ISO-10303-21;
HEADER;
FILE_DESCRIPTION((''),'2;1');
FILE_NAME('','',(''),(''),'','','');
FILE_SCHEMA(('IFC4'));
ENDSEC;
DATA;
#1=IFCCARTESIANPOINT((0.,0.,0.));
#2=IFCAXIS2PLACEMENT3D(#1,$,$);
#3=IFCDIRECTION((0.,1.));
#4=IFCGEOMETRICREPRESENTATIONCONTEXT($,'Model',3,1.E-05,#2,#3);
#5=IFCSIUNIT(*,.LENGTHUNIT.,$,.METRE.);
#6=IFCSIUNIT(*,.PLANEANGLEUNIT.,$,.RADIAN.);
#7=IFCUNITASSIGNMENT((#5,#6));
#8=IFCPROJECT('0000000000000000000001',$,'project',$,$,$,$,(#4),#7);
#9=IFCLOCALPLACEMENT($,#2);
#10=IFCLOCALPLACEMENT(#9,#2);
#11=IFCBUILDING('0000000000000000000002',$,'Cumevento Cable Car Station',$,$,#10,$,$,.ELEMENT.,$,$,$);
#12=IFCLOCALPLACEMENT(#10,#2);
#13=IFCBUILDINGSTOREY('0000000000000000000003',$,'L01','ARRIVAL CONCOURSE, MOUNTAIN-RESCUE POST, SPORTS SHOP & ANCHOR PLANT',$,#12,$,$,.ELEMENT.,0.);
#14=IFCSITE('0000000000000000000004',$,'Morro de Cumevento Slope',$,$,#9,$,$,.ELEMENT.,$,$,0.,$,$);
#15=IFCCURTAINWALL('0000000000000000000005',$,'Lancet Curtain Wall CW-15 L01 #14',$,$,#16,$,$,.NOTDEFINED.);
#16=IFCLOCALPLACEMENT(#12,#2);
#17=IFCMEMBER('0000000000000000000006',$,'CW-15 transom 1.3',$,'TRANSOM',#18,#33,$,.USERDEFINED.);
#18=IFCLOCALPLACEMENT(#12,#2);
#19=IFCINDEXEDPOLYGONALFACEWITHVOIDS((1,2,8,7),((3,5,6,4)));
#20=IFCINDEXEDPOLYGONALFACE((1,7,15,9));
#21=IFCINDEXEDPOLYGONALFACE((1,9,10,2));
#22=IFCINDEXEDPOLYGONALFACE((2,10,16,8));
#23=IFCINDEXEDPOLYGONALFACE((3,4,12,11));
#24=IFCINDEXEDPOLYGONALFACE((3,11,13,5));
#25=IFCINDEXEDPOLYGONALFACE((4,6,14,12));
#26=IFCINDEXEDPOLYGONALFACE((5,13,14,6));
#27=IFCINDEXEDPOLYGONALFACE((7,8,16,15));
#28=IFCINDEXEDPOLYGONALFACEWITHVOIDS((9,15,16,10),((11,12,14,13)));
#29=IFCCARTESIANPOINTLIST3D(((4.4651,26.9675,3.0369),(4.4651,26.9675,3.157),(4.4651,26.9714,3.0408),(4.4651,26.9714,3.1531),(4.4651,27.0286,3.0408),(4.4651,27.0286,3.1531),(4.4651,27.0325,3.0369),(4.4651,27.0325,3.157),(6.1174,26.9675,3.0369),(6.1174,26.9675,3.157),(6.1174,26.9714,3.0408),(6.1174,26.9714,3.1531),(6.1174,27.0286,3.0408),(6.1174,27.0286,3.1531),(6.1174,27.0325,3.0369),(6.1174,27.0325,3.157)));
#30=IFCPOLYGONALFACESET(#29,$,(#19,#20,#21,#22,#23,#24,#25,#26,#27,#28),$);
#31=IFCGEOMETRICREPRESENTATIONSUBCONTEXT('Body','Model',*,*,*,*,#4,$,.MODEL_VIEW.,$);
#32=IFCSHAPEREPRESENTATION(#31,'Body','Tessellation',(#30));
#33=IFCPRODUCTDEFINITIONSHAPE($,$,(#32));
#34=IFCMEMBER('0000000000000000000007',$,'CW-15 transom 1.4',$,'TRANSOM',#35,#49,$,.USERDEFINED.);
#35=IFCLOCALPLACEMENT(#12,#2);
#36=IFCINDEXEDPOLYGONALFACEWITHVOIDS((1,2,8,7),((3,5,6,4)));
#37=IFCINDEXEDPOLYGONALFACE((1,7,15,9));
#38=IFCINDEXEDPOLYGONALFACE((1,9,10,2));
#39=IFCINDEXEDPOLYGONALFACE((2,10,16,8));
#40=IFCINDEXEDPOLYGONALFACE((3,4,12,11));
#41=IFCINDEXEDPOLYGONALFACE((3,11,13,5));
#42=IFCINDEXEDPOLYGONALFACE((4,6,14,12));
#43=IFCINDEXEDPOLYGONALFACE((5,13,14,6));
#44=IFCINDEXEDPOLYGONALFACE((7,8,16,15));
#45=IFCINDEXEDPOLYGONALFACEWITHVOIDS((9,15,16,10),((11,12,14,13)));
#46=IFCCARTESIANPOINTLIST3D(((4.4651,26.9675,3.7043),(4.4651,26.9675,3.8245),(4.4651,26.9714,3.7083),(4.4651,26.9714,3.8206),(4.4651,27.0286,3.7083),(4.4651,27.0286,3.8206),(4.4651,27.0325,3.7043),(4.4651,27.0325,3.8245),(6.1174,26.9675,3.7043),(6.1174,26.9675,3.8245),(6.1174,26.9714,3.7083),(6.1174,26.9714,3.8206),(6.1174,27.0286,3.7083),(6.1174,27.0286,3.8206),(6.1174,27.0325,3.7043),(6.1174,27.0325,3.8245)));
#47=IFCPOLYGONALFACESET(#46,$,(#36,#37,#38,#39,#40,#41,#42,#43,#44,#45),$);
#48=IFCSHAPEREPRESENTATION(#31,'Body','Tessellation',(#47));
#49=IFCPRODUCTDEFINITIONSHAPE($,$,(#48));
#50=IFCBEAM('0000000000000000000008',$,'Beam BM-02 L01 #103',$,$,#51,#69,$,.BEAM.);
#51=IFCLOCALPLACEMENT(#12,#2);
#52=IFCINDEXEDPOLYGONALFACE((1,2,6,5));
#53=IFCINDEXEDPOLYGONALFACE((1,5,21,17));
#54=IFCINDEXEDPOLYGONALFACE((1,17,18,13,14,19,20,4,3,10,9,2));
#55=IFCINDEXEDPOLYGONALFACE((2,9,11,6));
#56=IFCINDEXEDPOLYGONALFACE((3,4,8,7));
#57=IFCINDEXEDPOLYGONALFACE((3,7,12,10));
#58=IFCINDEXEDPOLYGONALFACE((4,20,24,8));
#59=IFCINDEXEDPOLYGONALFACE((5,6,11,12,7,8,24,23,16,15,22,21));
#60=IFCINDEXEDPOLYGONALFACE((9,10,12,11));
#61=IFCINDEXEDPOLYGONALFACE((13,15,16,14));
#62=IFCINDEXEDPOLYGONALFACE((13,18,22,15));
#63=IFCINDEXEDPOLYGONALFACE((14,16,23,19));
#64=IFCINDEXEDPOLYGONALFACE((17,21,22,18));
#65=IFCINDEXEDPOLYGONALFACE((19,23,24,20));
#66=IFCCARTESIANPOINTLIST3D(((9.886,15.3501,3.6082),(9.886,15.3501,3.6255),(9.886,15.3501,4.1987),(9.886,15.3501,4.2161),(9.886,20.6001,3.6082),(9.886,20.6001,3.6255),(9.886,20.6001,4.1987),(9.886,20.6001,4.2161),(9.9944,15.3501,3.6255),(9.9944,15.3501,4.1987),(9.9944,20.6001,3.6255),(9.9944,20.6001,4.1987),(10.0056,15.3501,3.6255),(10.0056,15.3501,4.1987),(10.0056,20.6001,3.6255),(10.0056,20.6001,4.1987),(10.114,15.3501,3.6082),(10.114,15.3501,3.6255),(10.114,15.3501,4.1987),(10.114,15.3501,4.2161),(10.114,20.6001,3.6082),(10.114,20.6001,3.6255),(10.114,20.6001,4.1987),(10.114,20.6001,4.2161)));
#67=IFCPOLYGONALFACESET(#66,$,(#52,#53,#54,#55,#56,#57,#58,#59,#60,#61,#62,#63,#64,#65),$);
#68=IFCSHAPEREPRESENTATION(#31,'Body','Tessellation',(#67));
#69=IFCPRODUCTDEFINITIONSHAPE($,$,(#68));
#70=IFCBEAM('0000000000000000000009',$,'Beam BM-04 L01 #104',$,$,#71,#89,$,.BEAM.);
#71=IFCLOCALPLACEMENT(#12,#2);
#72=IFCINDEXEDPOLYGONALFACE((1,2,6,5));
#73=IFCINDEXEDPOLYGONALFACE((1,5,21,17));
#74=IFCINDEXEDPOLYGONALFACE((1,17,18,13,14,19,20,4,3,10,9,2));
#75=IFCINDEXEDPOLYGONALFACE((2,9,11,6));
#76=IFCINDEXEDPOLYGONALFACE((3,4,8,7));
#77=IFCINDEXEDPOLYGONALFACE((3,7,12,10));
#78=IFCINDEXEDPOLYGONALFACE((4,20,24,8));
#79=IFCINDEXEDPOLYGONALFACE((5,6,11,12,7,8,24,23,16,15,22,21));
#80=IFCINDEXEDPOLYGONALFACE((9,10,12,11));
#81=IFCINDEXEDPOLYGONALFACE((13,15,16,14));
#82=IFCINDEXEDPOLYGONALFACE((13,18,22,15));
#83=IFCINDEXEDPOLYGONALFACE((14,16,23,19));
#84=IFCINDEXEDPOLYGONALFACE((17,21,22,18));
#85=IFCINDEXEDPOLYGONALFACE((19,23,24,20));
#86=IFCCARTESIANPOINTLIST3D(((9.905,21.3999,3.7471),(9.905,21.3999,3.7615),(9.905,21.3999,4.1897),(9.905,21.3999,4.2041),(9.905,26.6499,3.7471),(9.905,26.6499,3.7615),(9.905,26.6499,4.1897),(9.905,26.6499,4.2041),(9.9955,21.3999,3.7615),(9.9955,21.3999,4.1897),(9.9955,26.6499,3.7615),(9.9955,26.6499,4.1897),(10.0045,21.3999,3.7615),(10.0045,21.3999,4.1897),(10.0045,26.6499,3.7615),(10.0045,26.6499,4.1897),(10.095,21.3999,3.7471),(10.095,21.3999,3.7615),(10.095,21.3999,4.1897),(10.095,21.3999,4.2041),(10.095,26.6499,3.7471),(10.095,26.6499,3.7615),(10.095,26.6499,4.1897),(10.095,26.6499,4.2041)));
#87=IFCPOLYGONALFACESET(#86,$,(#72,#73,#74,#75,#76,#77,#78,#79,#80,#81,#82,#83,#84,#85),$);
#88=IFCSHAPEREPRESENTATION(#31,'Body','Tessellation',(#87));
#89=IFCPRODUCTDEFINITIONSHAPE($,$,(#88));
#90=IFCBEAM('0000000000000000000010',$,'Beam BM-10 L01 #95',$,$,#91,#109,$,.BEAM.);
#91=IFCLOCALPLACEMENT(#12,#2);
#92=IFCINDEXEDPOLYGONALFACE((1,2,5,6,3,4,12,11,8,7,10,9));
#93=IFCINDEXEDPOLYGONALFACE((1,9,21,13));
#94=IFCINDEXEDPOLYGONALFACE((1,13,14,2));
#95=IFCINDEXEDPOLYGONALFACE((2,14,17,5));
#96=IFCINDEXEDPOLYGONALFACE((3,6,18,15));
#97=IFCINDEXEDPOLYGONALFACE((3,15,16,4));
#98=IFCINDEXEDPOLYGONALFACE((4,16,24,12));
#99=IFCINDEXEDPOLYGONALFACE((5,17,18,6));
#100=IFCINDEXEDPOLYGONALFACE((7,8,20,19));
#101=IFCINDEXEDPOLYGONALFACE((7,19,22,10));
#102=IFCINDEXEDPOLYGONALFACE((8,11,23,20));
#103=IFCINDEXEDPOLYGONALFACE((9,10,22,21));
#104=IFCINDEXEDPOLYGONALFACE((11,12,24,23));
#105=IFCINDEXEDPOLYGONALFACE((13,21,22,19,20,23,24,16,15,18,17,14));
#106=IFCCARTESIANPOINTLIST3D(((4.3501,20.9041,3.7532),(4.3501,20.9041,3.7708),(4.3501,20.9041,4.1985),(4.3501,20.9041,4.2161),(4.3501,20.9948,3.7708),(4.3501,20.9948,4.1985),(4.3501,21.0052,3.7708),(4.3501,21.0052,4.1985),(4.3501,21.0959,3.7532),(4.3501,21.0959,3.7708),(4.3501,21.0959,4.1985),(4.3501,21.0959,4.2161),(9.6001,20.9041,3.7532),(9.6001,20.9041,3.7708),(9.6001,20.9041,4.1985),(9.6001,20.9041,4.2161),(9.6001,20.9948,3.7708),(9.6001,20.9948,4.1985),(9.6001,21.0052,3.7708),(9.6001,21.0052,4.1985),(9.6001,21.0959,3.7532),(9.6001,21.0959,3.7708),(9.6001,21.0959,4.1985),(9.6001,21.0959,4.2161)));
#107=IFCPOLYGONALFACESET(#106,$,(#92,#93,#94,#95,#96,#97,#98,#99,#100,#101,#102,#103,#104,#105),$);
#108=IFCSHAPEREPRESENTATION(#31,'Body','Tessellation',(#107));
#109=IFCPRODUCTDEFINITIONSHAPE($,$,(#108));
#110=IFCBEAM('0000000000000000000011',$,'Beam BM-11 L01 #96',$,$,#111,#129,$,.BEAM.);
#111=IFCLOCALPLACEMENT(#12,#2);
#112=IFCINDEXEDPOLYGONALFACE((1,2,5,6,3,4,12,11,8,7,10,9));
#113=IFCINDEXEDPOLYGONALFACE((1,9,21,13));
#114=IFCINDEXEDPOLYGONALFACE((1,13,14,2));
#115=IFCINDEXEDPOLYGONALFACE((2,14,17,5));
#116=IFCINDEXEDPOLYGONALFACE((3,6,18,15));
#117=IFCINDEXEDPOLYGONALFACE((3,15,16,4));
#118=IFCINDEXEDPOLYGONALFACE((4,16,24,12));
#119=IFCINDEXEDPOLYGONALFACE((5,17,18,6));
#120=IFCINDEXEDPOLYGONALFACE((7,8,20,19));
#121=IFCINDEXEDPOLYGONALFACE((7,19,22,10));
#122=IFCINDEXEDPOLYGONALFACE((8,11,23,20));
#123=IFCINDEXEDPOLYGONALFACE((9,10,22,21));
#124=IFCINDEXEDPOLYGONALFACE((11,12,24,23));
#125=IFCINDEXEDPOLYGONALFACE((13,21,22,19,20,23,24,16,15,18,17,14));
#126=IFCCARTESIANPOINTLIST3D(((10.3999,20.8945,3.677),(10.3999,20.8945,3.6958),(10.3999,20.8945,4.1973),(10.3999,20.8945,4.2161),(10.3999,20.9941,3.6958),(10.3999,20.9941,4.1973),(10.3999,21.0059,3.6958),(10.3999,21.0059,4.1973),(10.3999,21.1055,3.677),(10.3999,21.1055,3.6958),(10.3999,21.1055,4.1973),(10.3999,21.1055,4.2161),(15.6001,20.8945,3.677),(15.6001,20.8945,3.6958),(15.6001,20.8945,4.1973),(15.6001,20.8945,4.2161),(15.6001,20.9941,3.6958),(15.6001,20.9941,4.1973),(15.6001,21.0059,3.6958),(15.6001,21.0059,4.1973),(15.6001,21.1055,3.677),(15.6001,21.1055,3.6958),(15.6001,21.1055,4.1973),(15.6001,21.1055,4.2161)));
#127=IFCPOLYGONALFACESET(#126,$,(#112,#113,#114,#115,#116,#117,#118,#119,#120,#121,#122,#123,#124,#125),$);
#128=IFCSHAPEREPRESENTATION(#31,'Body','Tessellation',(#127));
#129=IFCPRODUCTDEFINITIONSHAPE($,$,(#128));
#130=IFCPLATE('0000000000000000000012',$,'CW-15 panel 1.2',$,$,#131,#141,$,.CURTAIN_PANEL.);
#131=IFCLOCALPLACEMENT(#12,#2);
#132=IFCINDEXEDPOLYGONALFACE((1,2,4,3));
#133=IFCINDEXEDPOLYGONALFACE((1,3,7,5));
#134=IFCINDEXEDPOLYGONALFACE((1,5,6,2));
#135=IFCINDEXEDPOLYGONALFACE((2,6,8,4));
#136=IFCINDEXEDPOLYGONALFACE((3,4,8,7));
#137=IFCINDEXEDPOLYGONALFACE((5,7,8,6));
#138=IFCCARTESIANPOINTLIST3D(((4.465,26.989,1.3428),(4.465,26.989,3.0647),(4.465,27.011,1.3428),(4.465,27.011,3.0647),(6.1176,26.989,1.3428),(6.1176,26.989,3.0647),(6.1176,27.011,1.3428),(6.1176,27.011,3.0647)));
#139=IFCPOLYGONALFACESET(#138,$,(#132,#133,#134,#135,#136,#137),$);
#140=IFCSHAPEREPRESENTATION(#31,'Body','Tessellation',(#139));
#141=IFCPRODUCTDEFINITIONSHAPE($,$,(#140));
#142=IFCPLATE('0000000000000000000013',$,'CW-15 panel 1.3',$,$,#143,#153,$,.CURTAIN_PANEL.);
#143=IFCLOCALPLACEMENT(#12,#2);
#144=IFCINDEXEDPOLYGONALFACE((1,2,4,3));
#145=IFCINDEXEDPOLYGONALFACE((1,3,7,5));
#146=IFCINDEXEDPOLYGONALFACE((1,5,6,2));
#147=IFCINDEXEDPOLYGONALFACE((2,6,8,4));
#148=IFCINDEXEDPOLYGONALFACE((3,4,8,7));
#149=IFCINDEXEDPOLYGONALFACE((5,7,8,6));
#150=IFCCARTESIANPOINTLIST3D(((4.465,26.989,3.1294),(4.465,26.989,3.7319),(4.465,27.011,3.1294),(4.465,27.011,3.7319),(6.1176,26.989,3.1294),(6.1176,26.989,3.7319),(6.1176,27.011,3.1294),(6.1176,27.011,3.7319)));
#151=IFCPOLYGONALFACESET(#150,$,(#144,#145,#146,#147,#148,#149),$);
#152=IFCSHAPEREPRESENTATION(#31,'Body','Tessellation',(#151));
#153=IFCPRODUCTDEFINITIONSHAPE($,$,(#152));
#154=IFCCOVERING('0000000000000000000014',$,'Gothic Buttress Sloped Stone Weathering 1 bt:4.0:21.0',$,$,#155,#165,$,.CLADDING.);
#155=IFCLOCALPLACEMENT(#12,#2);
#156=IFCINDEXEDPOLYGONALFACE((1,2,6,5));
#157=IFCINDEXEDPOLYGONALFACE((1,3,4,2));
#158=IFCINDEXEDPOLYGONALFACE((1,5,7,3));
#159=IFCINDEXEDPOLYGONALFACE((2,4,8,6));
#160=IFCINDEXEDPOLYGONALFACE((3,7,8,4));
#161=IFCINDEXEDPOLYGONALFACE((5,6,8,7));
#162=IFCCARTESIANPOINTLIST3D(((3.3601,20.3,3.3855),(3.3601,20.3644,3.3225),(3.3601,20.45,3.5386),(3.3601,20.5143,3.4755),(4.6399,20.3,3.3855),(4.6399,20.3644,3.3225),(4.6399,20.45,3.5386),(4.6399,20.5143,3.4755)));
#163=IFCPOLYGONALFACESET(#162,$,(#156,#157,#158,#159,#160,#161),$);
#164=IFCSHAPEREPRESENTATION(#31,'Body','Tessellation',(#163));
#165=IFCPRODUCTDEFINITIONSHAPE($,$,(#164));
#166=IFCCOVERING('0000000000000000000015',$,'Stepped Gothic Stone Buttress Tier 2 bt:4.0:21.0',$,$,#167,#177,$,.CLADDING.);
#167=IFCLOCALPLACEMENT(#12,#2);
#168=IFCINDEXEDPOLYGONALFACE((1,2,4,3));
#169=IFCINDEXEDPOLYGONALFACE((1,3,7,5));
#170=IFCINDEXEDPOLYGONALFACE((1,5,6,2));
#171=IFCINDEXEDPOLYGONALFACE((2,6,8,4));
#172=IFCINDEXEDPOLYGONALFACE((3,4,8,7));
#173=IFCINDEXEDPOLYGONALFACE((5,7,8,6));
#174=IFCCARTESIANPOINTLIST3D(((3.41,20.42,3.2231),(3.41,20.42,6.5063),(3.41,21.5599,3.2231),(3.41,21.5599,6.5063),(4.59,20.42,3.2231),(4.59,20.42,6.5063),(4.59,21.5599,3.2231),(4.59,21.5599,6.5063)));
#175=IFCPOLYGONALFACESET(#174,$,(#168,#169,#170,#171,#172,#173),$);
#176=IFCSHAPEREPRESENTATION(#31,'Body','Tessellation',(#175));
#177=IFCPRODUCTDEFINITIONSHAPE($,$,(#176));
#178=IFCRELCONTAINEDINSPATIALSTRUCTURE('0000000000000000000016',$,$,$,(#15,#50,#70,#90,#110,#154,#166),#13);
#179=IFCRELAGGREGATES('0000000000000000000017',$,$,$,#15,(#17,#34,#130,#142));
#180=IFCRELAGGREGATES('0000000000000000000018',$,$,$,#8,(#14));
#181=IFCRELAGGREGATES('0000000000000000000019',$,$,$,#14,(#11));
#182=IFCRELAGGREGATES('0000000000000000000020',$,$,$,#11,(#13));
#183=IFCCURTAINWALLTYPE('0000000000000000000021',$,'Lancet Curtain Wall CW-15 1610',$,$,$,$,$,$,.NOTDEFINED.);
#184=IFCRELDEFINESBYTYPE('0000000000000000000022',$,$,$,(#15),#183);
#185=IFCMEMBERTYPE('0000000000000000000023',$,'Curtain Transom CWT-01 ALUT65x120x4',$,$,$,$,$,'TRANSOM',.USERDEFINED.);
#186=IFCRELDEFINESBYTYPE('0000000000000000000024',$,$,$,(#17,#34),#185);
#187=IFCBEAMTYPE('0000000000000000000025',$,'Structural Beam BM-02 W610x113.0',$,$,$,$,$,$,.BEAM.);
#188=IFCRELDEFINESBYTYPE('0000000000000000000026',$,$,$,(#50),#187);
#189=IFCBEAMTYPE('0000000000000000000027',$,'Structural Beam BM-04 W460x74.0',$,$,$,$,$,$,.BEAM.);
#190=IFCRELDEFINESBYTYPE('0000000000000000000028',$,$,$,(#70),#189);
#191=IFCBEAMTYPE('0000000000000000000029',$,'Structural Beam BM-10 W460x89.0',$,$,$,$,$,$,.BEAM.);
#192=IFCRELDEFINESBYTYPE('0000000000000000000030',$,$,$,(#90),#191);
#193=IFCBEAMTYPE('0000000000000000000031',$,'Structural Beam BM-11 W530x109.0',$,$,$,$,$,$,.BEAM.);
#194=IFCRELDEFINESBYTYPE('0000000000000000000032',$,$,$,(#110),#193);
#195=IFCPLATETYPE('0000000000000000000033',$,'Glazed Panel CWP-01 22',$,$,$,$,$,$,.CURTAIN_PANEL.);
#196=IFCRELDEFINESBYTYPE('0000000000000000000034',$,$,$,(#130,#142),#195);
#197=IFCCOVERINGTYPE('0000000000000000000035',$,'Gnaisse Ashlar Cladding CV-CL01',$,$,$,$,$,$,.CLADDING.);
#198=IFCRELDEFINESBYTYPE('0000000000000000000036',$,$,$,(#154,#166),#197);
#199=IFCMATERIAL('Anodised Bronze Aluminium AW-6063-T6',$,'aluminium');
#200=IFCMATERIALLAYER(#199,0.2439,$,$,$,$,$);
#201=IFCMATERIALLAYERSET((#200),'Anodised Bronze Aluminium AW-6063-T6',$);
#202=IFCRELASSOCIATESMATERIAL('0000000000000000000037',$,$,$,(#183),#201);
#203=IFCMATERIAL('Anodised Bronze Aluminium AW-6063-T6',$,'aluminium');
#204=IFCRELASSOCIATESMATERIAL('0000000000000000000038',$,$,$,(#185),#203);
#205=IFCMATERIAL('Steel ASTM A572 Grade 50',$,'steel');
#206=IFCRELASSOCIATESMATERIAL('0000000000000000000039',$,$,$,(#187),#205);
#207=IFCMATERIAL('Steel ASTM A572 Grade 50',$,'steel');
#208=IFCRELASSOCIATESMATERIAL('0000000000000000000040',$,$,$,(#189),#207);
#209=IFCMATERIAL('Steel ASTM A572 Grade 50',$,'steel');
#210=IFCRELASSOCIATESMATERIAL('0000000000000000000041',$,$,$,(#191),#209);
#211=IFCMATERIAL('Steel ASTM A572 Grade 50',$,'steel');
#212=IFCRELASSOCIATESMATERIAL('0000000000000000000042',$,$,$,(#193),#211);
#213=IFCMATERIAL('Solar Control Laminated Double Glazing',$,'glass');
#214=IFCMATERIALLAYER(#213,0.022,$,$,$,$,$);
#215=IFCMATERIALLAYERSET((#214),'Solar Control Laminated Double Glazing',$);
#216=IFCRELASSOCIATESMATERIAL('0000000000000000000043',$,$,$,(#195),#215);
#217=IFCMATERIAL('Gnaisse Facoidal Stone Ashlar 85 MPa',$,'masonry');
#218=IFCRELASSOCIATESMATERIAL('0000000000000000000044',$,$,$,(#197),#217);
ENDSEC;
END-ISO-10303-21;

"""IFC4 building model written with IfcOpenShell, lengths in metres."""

from ifc_helpers import new_model, si_unit, direction, frame, origin, origin_2d, place, context, subcontext, project, spatial, polyline, rectangle, hollow_rectangle, i_section, outline, extrude, material, layer, layer_set, material_profile, profile_set, type_object, element, aggregate, save


model = new_model("IFC4")

# Units and contexts
model_context = context("Model", 3, precision=1e-05, world=origin(), true_north=direction((0.0, 1.0)))
body_context = subcontext(model_context, "Body", "Model", "MODEL_VIEW")
ifc_project = project(units=[si_unit("LENGTHUNIT", "METRE"), si_unit("PLANEANGLEUNIT", "RADIAN")], contexts=[model_context])

# Site, building, storey
site_placement = place(None, origin())
site = spatial("IfcSite", under=ifc_project, at=site_placement, Name="Morro de Cumevento Slope", CompositionType="ELEMENT", RefElevation=0.0)
building_placement = place(site_placement, origin())
building = spatial("IfcBuilding", under=site, at=building_placement, Name="Cumevento Cable Car Station", CompositionType="ELEMENT")
storey_placement = place(building_placement, origin())
storey = spatial("IfcBuildingStorey", under=building, at=storey_placement, Name="L01", Description="ARRIVAL CONCOURSE, MOUNTAIN-RESCUE POST, SPORTS SHOP & ANCHOR PLANT", CompositionType="ELEMENT", Elevation=0.0)

# Curtain wall, members
ifc_material_1 = material(Name="Anodised Bronze Aluminium AW-6063-T6", Category="aluminium")
ifc_layer_1 = layer(ifc_material_1, 0.2439)
ifc_layer_set_1 = layer_set([ifc_layer_1], Name="Anodised Bronze Aluminium AW-6063-T6")
curtain_wall_type = type_object("IfcCurtainWallType", Name="Lancet Curtain Wall CW-15 1610", PredefinedType="NOTDEFINED", material=ifc_layer_set_1)
curtain_wall_placement = place(storey_placement, origin())
curtain_wall = element("IfcCurtainWall", 1, at=curtain_wall_placement, inside=storey, type_object=curtain_wall_type, Name="Lancet Curtain Wall CW-15 L01 #14", PredefinedType="NOTDEFINED")
ifc_material_2 = material(Name="Anodised Bronze Aluminium AW-6063-T6", Category="aluminium")
ifc_material_profile_1 = material_profile(ifc_material_2, hollow_rectangle(XDim=0.0649, YDim=0.1201, WallThickness=0.0039, at=origin_2d()), Name="ALUT65x120x4")
ifc_profile_set_1 = profile_set([ifc_material_profile_1], Name="Anodised Bronze Aluminium AW-6063-T6")
member_type = type_object("IfcMemberType", Name="Curtain Transom CWT-01 ALUT65x120x4", ElementType="TRANSOM", PredefinedType="USERDEFINED", material=ifc_profile_set_1)
member_1_placement = place(storey_placement, frame((4.4651, 27.0, 3.0969), z_axis=(1.0, 0.0, 0.0), x_axis=(0.0, 1.0, 0.0)))
member_1 = element("IfcMember", 2, at=member_1_placement, type_object=member_type, Name="CW-15 transom 1.3", ObjectType="TRANSOM", PredefinedType="USERDEFINED", context=body_context, shape_type="SweptSolid", body=[
    extrude(hollow_rectangle(XDim=0.0649, YDim=0.1201, WallThickness=0.0039, at=origin_2d()), origin(), (0.0, 0.0, 1.0), 1.6523),
])
member_2_placement = place(storey_placement, frame((4.4651, 27.0, 3.7644), z_axis=(1.0, 0.0, 0.0), x_axis=(0.0, 1.0, 0.0)))
member_2 = element("IfcMember", 3, at=member_2_placement, type_object=member_type, Name="CW-15 transom 1.4", ObjectType="TRANSOM", PredefinedType="USERDEFINED", context=body_context, shape_type="SweptSolid", body=[
    extrude(hollow_rectangle(XDim=0.0649, YDim=0.1201, WallThickness=0.0039, at=origin_2d()), origin(), (0.0, 0.0, 1.0), 1.6523),
])

# Beams
ifc_material_3 = material(Name="Steel ASTM A572 Grade 50", Category="steel")
ifc_material_profile_2 = material_profile(ifc_material_3, i_section(OverallWidth=0.228, OverallDepth=0.6079, WebThickness=0.0112, FlangeThickness=0.0173, at=origin_2d()), Name="W610x113.0")
ifc_profile_set_2 = profile_set([ifc_material_profile_2], Name="Steel ASTM A572 Grade 50")
beam_type_1 = type_object("IfcBeamType", Name="Structural Beam BM-02 W610x113.0", PredefinedType="BEAM", material=ifc_profile_set_2)
beam_1_placement = place(storey_placement, frame((10.0, 15.3501, 3.9121), z_axis=(0.0, 1.0, 0.0), x_axis=(-1.0, 0.0, 0.0)))
element("IfcBeam", 4, at=beam_1_placement, inside=storey, type_object=beam_type_1, Name="Beam BM-02 L01 #103", PredefinedType="BEAM", context=body_context, shape_type="SweptSolid", body=[
    extrude(i_section(OverallWidth=0.228, OverallDepth=0.6079, WebThickness=0.0112, FlangeThickness=0.0173, at=origin_2d()), origin(), (0.0, 0.0, 1.0), 5.25),
])
ifc_material_4 = material(Name="Steel ASTM A572 Grade 50", Category="steel")
ifc_material_profile_3 = material_profile(ifc_material_4, i_section(OverallWidth=0.1899, OverallDepth=0.457, WebThickness=0.009, FlangeThickness=0.0144, at=origin_2d()), Name="W460x74.0")
ifc_profile_set_3 = profile_set([ifc_material_profile_3], Name="Steel ASTM A572 Grade 50")
beam_type_2 = type_object("IfcBeamType", Name="Structural Beam BM-04 W460x74.0", PredefinedType="BEAM", material=ifc_profile_set_3)
beam_2_placement = place(storey_placement, frame((10.0, 21.3999, 3.9756), z_axis=(0.0, 1.0, 0.0), x_axis=(-1.0, 0.0, 0.0)))
element("IfcBeam", 5, at=beam_2_placement, inside=storey, type_object=beam_type_2, Name="Beam BM-04 L01 #104", PredefinedType="BEAM", context=body_context, shape_type="SweptSolid", body=[
    extrude(i_section(OverallWidth=0.1899, OverallDepth=0.457, WebThickness=0.009, FlangeThickness=0.0144, at=origin_2d()), origin(), (0.0, 0.0, 1.0), 5.25),
])
ifc_material_5 = material(Name="Steel ASTM A572 Grade 50", Category="steel")
ifc_material_profile_4 = material_profile(ifc_material_5, i_section(OverallWidth=0.1919, OverallDepth=0.4629, WebThickness=0.0105, FlangeThickness=0.0176, at=origin_2d()), Name="W460x89.0")
ifc_profile_set_4 = profile_set([ifc_material_profile_4], Name="Steel ASTM A572 Grade 50")
beam_type_3 = type_object("IfcBeamType", Name="Structural Beam BM-10 W460x89.0", PredefinedType="BEAM", material=ifc_profile_set_4)
beam_3_placement = place(storey_placement, frame((4.3501, 21.0, 3.9846), z_axis=(1.0, 0.0, 0.0), x_axis=(0.0, 1.0, 0.0)))
element("IfcBeam", 6, at=beam_3_placement, inside=storey, type_object=beam_type_3, Name="Beam BM-10 L01 #95", PredefinedType="BEAM", context=body_context, shape_type="SweptSolid", body=[
    extrude(i_section(OverallWidth=0.1919, OverallDepth=0.4629, WebThickness=0.0105, FlangeThickness=0.0176, at=origin_2d()), origin(), (0.0, 0.0, 1.0), 5.25),
])
ifc_material_6 = material(Name="Steel ASTM A572 Grade 50", Category="steel")
ifc_material_profile_5 = material_profile(ifc_material_6, i_section(OverallWidth=0.2109, OverallDepth=0.5391, WebThickness=0.0117, FlangeThickness=0.0188, at=origin_2d()), Name="W530x109.0")
ifc_profile_set_5 = profile_set([ifc_material_profile_5], Name="Steel ASTM A572 Grade 50")
beam_type_4 = type_object("IfcBeamType", Name="Structural Beam BM-11 W530x109.0", PredefinedType="BEAM", material=ifc_profile_set_5)
beam_4_placement = place(storey_placement, frame((10.3999, 21.0, 3.9465), z_axis=(1.0, 0.0, 0.0), x_axis=(0.0, 1.0, 0.0)))
element("IfcBeam", 7, at=beam_4_placement, inside=storey, type_object=beam_type_4, Name="Beam BM-11 L01 #96", PredefinedType="BEAM", context=body_context, shape_type="SweptSolid", body=[
    extrude(i_section(OverallWidth=0.2109, OverallDepth=0.5391, WebThickness=0.0117, FlangeThickness=0.0188, at=origin_2d()), origin(), (0.0, 0.0, 1.0), 5.2002),
])

# Plates
ifc_material_7 = material(Name="Solar Control Laminated Double Glazing", Category="glass")
ifc_layer_2 = layer(ifc_material_7, 0.022)
ifc_layer_set_2 = layer_set([ifc_layer_2], Name="Solar Control Laminated Double Glazing")
plate_type = type_object("IfcPlateType", Name="Glazed Panel CWP-01 22", PredefinedType="CURTAIN_PANEL", material=ifc_layer_set_2)
plate_1_placement = place(storey_placement, frame((5.2913, 27.0, 1.3428), z_axis=(0.0, 0.0, 1.0), x_axis=(1.0, 0.0, 0.0)))
plate_1 = element("IfcPlate", 8, at=plate_1_placement, type_object=plate_type, Name="CW-15 panel 1.2", PredefinedType="CURTAIN_PANEL", context=body_context, shape_type="SweptSolid", body=[
    extrude(rectangle(XDim=1.6526, YDim=0.022, at=origin_2d()), origin(), (0.0, 0.0, 1.0), 1.7219),
])
plate_2_placement = place(storey_placement, frame((5.2913, 27.0, 3.1294), z_axis=(0.0, 0.0, 1.0), x_axis=(1.0, 0.0, 0.0)))
plate_2 = element("IfcPlate", 9, at=plate_2_placement, type_object=plate_type, Name="CW-15 panel 1.3", PredefinedType="CURTAIN_PANEL", context=body_context, shape_type="SweptSolid", body=[
    extrude(rectangle(XDim=1.6526, YDim=0.022, at=origin_2d()), origin(), (0.0, 0.0, 1.0), 0.6025),
])
aggregate(curtain_wall, [member_1, member_2, plate_1, plate_2])

# Coverings
ifc_material_8 = material(Name="Gnaisse Facoidal Stone Ashlar 85 MPa", Category="masonry")
covering_type = type_object("IfcCoveringType", Name="Gnaisse Ashlar Cladding CV-CL01", PredefinedType="CLADDING", material=ifc_material_8)
covering_1_placement = place(storey_placement, frame((3.3601, 20.3, 3.3855), z_axis=(0.0, -0.714475, 0.699661), x_axis=(1.0, 0.0, 0.0)))
element("IfcCovering", 10, at=covering_1_placement, inside=storey, type_object=covering_type, Name="Gothic Buttress Sloped Stone Weathering 1 bt:4.0:21.0", PredefinedType="CLADDING", context=body_context, shape_type="SweptSolid", body=[
    extrude(outline(polyline([(0.0, 0.0), (1.2798, 0.0), (1.2798, 0.2142), (0.0, 0.2142), (0.0, 0.0)])), origin(), (0.0, 0.0, -1.0), 0.0901),
])
covering_2_placement = place(storey_placement, frame((4.0, 20.99, 3.2231), z_axis=(0.0, 0.0, 1.0), x_axis=(1.0, 0.0, 0.0)))
element("IfcCovering", 11, at=covering_2_placement, inside=storey, type_object=covering_type, Name="Stepped Gothic Stone Buttress Tier 2 bt:4.0:21.0", PredefinedType="CLADDING", context=body_context, shape_type="SweptSolid", body=[
    extrude(rectangle(XDim=1.1799, YDim=1.1399, at=origin_2d()), origin(), (0.0, 0.0, 1.0), 3.2832),
])

save(model, "model.ifc")
